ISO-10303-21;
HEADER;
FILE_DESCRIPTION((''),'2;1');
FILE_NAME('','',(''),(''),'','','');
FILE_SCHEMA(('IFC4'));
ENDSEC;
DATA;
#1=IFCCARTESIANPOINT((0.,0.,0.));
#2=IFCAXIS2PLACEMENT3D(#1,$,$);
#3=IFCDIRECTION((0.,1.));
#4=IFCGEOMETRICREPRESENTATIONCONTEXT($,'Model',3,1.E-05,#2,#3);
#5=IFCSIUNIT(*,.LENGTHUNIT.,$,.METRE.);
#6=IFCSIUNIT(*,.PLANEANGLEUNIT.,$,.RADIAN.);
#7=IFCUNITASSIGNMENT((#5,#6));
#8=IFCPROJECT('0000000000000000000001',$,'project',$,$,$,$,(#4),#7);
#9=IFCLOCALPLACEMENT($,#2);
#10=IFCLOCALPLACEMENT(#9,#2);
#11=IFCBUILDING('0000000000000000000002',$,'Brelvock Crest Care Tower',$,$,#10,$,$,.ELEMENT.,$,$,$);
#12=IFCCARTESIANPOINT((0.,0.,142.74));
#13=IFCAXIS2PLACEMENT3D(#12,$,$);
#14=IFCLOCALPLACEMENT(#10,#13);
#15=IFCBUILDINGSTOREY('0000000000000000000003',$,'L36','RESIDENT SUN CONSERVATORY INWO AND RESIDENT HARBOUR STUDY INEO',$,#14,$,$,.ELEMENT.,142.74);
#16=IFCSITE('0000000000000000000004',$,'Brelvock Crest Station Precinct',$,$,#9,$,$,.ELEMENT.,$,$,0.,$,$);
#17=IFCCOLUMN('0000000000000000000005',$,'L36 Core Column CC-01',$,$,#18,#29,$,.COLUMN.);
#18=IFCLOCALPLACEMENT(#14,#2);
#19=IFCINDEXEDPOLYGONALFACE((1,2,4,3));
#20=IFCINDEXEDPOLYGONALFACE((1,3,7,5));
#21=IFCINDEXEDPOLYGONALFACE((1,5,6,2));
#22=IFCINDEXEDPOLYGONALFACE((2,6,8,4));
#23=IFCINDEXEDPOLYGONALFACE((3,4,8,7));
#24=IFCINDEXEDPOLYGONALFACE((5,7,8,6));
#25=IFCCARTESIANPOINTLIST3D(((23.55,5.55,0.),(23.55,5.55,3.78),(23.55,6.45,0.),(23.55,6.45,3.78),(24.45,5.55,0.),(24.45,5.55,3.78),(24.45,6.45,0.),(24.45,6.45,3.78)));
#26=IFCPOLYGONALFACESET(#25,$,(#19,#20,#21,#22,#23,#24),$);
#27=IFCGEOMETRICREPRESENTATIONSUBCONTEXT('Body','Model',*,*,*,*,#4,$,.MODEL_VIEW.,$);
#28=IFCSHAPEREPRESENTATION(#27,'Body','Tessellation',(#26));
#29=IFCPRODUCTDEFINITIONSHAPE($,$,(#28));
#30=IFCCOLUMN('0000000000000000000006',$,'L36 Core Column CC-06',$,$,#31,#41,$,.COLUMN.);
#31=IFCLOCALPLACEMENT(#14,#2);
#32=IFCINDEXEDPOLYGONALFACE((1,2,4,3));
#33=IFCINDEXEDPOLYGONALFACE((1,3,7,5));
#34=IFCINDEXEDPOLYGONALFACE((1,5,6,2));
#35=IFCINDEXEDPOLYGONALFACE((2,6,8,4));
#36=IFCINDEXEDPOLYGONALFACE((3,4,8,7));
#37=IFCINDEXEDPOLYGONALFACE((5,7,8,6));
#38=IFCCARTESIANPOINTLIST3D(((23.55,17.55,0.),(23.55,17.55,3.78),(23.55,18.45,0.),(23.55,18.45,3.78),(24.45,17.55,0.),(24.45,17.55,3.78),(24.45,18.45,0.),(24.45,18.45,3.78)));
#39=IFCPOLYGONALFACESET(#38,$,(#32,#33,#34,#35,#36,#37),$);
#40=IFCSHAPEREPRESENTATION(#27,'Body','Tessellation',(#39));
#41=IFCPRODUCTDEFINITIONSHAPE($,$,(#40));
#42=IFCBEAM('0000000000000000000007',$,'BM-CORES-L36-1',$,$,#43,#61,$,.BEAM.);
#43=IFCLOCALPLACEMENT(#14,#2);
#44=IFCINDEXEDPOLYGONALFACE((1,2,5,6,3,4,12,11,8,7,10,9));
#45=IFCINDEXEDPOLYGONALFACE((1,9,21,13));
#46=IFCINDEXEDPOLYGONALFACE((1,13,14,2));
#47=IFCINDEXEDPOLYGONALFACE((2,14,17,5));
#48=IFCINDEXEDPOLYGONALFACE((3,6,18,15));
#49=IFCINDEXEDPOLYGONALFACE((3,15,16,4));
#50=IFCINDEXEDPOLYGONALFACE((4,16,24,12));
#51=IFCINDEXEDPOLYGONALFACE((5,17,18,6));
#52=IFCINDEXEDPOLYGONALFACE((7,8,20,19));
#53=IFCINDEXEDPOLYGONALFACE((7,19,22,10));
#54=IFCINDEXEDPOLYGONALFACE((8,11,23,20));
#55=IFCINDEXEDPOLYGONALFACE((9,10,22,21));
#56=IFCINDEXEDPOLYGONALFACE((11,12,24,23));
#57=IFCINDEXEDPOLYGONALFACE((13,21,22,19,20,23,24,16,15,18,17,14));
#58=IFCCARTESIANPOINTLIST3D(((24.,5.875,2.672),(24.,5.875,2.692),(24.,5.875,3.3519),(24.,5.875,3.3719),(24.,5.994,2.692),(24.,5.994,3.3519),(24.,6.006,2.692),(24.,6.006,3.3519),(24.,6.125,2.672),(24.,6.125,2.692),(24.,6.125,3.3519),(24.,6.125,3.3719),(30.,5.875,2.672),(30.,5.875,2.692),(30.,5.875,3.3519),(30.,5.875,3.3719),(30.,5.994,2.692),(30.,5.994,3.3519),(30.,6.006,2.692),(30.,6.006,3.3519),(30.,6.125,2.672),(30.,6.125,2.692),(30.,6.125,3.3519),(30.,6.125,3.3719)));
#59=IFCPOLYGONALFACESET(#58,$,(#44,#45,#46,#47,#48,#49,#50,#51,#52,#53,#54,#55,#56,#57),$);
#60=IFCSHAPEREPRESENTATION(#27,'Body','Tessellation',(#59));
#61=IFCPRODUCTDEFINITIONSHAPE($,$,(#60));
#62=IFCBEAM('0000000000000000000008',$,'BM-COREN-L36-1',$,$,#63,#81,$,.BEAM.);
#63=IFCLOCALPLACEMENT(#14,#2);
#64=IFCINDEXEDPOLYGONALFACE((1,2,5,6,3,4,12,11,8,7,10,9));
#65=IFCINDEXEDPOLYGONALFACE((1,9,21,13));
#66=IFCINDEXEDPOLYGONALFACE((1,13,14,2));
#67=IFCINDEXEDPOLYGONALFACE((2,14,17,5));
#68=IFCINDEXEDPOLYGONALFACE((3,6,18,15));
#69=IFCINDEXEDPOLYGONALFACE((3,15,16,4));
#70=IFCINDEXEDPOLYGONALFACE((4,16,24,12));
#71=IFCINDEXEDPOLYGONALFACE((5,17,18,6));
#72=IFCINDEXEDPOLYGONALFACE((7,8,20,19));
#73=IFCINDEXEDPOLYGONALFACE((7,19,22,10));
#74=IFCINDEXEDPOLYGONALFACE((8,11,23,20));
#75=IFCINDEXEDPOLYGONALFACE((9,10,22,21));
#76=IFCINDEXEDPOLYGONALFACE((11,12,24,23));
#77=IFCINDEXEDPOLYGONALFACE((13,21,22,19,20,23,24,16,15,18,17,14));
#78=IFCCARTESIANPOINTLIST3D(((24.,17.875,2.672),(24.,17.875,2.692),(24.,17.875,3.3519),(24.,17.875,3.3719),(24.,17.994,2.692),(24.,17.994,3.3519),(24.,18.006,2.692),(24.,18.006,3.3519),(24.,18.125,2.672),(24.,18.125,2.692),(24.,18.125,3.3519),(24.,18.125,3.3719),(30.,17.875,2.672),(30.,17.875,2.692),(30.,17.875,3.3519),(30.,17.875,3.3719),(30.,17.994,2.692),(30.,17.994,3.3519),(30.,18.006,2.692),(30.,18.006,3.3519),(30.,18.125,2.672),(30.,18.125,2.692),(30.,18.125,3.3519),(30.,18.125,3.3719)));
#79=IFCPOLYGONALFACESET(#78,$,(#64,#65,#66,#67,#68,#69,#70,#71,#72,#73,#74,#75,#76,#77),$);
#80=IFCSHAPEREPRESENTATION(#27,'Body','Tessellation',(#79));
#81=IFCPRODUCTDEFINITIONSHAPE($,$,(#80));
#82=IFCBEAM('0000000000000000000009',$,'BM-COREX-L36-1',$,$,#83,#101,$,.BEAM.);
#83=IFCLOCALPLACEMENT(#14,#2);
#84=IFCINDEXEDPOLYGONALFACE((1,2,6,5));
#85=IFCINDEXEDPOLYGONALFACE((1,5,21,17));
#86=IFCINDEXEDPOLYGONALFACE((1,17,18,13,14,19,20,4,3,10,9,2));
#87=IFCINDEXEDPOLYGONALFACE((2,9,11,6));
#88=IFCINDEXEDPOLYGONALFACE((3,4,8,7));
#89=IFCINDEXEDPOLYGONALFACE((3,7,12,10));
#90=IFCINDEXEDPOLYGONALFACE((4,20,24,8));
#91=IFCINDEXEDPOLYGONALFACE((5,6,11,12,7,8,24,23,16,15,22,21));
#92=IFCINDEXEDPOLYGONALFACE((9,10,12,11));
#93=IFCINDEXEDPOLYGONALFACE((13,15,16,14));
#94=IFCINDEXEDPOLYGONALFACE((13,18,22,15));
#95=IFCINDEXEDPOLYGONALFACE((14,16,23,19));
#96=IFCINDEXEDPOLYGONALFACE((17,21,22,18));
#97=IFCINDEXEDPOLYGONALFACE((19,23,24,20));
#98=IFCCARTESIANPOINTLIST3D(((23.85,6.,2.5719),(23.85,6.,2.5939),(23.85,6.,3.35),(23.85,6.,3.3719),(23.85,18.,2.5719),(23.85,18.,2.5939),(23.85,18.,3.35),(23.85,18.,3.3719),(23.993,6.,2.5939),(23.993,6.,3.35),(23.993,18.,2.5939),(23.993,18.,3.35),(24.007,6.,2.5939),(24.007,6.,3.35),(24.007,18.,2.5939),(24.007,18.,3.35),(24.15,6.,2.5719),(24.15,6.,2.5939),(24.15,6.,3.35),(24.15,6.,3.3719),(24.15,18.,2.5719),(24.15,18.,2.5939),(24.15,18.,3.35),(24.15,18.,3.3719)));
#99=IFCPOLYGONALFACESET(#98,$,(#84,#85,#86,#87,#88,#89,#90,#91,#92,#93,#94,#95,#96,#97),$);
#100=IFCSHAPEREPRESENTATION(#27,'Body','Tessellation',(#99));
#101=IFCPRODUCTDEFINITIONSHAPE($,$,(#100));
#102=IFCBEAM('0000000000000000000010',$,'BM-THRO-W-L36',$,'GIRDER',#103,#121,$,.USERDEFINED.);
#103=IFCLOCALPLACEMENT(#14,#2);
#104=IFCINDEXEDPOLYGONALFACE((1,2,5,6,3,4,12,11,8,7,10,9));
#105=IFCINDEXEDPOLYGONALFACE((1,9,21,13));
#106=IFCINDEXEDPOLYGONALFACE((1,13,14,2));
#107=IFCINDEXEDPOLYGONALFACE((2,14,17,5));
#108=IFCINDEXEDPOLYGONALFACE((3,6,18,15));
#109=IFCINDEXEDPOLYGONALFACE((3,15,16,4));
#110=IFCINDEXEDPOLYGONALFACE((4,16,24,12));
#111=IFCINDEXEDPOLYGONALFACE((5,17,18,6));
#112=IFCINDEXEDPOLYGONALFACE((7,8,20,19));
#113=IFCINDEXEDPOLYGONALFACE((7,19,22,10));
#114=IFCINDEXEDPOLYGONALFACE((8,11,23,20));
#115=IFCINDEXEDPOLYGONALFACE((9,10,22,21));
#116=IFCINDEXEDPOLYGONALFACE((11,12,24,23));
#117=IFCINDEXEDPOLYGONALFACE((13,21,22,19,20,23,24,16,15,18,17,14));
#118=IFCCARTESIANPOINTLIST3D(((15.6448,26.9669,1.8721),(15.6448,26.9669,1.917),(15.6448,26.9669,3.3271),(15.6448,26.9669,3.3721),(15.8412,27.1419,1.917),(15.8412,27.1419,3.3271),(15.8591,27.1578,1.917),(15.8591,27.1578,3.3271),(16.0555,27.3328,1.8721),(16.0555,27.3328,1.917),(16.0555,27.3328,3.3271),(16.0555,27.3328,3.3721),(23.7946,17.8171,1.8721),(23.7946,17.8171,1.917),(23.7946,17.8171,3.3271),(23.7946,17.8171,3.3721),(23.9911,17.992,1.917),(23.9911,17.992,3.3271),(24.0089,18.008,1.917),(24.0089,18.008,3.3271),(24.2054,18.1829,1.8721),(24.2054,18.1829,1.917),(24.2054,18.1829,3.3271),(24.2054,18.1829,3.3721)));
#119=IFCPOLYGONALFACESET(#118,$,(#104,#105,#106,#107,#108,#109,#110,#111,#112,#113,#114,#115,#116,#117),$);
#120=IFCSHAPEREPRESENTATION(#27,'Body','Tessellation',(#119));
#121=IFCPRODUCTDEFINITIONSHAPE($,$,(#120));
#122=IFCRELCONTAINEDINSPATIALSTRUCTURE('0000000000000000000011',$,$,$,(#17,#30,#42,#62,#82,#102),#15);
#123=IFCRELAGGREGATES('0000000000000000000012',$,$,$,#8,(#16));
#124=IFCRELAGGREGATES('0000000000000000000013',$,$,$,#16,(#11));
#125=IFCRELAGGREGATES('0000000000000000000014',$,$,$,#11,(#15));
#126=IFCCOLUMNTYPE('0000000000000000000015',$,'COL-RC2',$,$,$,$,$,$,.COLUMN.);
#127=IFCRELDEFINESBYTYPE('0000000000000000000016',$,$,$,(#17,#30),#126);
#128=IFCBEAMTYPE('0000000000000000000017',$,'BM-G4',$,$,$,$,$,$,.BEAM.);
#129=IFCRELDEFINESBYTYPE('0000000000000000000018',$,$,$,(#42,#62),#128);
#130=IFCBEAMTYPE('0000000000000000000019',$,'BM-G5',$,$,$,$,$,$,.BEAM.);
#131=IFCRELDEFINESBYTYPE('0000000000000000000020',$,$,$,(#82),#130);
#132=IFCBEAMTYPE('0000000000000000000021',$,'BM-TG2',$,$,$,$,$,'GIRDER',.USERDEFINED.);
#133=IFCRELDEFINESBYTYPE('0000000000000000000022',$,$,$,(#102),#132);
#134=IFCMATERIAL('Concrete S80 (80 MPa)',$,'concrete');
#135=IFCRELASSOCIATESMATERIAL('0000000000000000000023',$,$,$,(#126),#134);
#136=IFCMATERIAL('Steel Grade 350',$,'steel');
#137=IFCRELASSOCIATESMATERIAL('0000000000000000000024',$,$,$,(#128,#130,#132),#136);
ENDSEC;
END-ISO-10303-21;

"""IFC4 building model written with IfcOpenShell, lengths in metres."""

from ifc_helpers import new_model, si_unit, direction, frame, origin, origin_2d, place, context, subcontext, project, spatial, rectangle, i_section, extrude, source, transform, mapped, material, material_profile, profile_set, type_object, element, save


model = new_model("IFC4")

# Units and contexts
model_context = context("Model", 3, precision=1e-05, world=origin(), true_north=direction((0.0, 1.0)))
body_context = subcontext(model_context, "Body", "Model", "MODEL_VIEW")
ifc_project = project(units=[si_unit("LENGTHUNIT", "METRE"), si_unit("PLANEANGLEUNIT", "RADIAN")], contexts=[model_context])

# Site, building, storey
site_placement = place(None, origin())
site = spatial("IfcSite", under=ifc_project, at=site_placement, Name="Brelvock Crest Station Precinct", CompositionType="ELEMENT", RefElevation=0.0)
building_placement = place(site_placement, origin())
building = spatial("IfcBuilding", under=site, at=building_placement, Name="Brelvock Crest Care Tower", CompositionType="ELEMENT")
storey_placement = place(building_placement, frame((0.0, 0.0, 142.74)))
storey = spatial("IfcBuildingStorey", under=building, at=storey_placement, Name="L36", Description="RESIDENT SUN CONSERVATORY INWO AND RESIDENT HARBOUR STUDY INEO", CompositionType="ELEMENT", Elevation=142.74)

# Columns
ifc_material_1 = material(Name="Concrete S80 (80 MPa)", Category="concrete")
ifc_material_profile_1 = material_profile(ifc_material_1, rectangle(XDim=0.8999, YDim=0.8999, at=origin_2d()), Name="RC900x900")
ifc_profile_set_1 = profile_set([ifc_material_profile_1], Name="Concrete S80 (80 MPa)")
column_type = type_object("IfcColumnType", Name="COL-RC2", PredefinedType="COLUMN", material=ifc_profile_set_1)
shared_shape_1 = source(origin(), body_context, "Body", "SweptSolid", [
    extrude(rectangle(XDim=0.8999, YDim=0.8999, at=origin_2d()), origin(), (0.0, 0.0, 1.0), 3.78),
])
for number, where, z_axis, x_axis, name in (
    (1, (24.0, 6.0, 0.0), (0.0, 0.0, 1.0), (1.0, 0.0, 0.0), "L36 Core Column CC-01"),
    (2, (24.0, 18.0, 0.0), (0.0, 0.0, 1.0), (1.0, 0.0, 0.0), "L36 Core Column CC-06"),
):
    element("IfcColumn", number, at=place(storey_placement, frame(where, z_axis=z_axis, x_axis=x_axis)), inside=storey, type_object=column_type, Name=name, PredefinedType="COLUMN", context=body_context, shape_type="MappedRepresentation", body=[
        mapped(shared_shape_1, transform((0.0, 0.0, 0.0), x_axis=(1.0, 0.0, 0.0), y_axis=(0.0, 1.0, 0.0), z_axis=(0.0, 0.0, 1.0), scale=1.0)),
    ])

# Beams
ifc_material_2 = material(Name="Steel Grade 350", Category="steel")
ifc_material_profile_2 = material_profile(ifc_material_2, i_section(OverallWidth=0.25, OverallDepth=0.7, WebThickness=0.012, FlangeThickness=0.02, at=origin_2d()), Name="700WB150")
ifc_profile_set_2 = profile_set([ifc_material_profile_2], Name="Steel Grade 350")
beam_type_1 = type_object("IfcBeamType", Name="BM-G4", PredefinedType="BEAM", material=ifc_profile_set_2)
shared_shape_2 = source(origin(), body_context, "Body", "SweptSolid", [
    extrude(i_section(OverallWidth=0.25, OverallDepth=0.7, WebThickness=0.012, FlangeThickness=0.02, at=origin_2d()), origin(), (0.0, 0.0, 1.0), 6.0),
])
for number, where, z_axis, x_axis, name in (
    (3, (24.0, 6.0, 3.022), (1.0, 0.0, 0.0), (0.0, 1.0, 0.0), "BM-CORES-L36-1"),
    (4, (24.0, 18.0, 3.022), (1.0, 0.0, 0.0), (0.0, 1.0, 0.0), "BM-COREN-L36-1"),
):
    element("IfcBeam", number, at=place(storey_placement, frame(where, z_axis=z_axis, x_axis=x_axis)), inside=storey, type_object=beam_type_1, Name=name, PredefinedType="BEAM", context=body_context, shape_type="MappedRepresentation", body=[
        mapped(shared_shape_2, transform((0.0, 0.0, 0.0), x_axis=(1.0, 0.0, 0.0), y_axis=(0.0, 1.0, 0.0), z_axis=(0.0, 0.0, 1.0), scale=1.0)),
    ])
ifc_material_profile_3 = material_profile(ifc_material_2, i_section(OverallWidth=0.3, OverallDepth=0.8, WebThickness=0.0139, FlangeThickness=0.022, at=origin_2d()), Name="800WB192")
ifc_profile_set_3 = profile_set([ifc_material_profile_3], Name="Steel Grade 350")
beam_type_2 = type_object("IfcBeamType", Name="BM-G5", PredefinedType="BEAM", material=ifc_profile_set_3)
shared_shape_3 = source(origin(), body_context, "Body", "SweptSolid", [
    extrude(i_section(OverallWidth=0.3, OverallDepth=0.8, WebThickness=0.0139, FlangeThickness=0.022, at=origin_2d()), origin(), (0.0, 0.0, 1.0), 12.0),
])
beam_1_placement = place(storey_placement, frame((24.0, 6.0, 2.9719), z_axis=(0.0, 1.0, 0.0), x_axis=(-1.0, 0.0, 0.0)))
element("IfcBeam", 5, at=beam_1_placement, inside=storey, type_object=beam_type_2, Name="BM-COREX-L36-1", PredefinedType="BEAM", context=body_context, shape_type="MappedRepresentation", body=[
    mapped(shared_shape_3, transform((0.0, 0.0, 0.0), x_axis=(1.0, 0.0, 0.0), y_axis=(0.0, 1.0, 0.0), z_axis=(0.0, 0.0, 1.0), scale=1.0)),
])
ifc_material_profile_4 = material_profile(ifc_material_2, i_section(OverallWidth=0.55, OverallDepth=1.5, WebThickness=0.0239, FlangeThickness=0.0449, at=origin_2d()), Name="1500TG580")
ifc_profile_set_4 = profile_set([ifc_material_profile_4], Name="Steel Grade 350")
beam_type_3 = type_object("IfcBeamType", Name="BM-TG2", ElementType="GIRDER", PredefinedType="USERDEFINED", material=ifc_profile_set_4)
shared_shape_4 = source(origin(), body_context, "Body", "SweptSolid", [
    extrude(i_section(OverallWidth=0.55, OverallDepth=1.5, WebThickness=0.0239, FlangeThickness=0.0449, at=origin_2d()), origin(), (0.0, 0.0, 1.0), 12.2532),
])
beam_2_placement = place(storey_placement, frame((24.0, 18.0, 2.6221), z_axis=(-0.665123, 0.746734, 0.0), x_axis=(-0.746734, -0.665123, 0.0)))
element("IfcBeam", 6, at=beam_2_placement, inside=storey, type_object=beam_type_3, Name="BM-THRO-W-L36", ObjectType="GIRDER", PredefinedType="USERDEFINED", context=body_context, shape_type="MappedRepresentation", body=[
    mapped(shared_shape_4, transform((0.0, 0.0, 0.0), x_axis=(1.0, 0.0, 0.0), y_axis=(0.0, 1.0, 0.0), z_axis=(0.0, 0.0, 1.0), scale=1.0)),
])

save(model, "model.ifc")
